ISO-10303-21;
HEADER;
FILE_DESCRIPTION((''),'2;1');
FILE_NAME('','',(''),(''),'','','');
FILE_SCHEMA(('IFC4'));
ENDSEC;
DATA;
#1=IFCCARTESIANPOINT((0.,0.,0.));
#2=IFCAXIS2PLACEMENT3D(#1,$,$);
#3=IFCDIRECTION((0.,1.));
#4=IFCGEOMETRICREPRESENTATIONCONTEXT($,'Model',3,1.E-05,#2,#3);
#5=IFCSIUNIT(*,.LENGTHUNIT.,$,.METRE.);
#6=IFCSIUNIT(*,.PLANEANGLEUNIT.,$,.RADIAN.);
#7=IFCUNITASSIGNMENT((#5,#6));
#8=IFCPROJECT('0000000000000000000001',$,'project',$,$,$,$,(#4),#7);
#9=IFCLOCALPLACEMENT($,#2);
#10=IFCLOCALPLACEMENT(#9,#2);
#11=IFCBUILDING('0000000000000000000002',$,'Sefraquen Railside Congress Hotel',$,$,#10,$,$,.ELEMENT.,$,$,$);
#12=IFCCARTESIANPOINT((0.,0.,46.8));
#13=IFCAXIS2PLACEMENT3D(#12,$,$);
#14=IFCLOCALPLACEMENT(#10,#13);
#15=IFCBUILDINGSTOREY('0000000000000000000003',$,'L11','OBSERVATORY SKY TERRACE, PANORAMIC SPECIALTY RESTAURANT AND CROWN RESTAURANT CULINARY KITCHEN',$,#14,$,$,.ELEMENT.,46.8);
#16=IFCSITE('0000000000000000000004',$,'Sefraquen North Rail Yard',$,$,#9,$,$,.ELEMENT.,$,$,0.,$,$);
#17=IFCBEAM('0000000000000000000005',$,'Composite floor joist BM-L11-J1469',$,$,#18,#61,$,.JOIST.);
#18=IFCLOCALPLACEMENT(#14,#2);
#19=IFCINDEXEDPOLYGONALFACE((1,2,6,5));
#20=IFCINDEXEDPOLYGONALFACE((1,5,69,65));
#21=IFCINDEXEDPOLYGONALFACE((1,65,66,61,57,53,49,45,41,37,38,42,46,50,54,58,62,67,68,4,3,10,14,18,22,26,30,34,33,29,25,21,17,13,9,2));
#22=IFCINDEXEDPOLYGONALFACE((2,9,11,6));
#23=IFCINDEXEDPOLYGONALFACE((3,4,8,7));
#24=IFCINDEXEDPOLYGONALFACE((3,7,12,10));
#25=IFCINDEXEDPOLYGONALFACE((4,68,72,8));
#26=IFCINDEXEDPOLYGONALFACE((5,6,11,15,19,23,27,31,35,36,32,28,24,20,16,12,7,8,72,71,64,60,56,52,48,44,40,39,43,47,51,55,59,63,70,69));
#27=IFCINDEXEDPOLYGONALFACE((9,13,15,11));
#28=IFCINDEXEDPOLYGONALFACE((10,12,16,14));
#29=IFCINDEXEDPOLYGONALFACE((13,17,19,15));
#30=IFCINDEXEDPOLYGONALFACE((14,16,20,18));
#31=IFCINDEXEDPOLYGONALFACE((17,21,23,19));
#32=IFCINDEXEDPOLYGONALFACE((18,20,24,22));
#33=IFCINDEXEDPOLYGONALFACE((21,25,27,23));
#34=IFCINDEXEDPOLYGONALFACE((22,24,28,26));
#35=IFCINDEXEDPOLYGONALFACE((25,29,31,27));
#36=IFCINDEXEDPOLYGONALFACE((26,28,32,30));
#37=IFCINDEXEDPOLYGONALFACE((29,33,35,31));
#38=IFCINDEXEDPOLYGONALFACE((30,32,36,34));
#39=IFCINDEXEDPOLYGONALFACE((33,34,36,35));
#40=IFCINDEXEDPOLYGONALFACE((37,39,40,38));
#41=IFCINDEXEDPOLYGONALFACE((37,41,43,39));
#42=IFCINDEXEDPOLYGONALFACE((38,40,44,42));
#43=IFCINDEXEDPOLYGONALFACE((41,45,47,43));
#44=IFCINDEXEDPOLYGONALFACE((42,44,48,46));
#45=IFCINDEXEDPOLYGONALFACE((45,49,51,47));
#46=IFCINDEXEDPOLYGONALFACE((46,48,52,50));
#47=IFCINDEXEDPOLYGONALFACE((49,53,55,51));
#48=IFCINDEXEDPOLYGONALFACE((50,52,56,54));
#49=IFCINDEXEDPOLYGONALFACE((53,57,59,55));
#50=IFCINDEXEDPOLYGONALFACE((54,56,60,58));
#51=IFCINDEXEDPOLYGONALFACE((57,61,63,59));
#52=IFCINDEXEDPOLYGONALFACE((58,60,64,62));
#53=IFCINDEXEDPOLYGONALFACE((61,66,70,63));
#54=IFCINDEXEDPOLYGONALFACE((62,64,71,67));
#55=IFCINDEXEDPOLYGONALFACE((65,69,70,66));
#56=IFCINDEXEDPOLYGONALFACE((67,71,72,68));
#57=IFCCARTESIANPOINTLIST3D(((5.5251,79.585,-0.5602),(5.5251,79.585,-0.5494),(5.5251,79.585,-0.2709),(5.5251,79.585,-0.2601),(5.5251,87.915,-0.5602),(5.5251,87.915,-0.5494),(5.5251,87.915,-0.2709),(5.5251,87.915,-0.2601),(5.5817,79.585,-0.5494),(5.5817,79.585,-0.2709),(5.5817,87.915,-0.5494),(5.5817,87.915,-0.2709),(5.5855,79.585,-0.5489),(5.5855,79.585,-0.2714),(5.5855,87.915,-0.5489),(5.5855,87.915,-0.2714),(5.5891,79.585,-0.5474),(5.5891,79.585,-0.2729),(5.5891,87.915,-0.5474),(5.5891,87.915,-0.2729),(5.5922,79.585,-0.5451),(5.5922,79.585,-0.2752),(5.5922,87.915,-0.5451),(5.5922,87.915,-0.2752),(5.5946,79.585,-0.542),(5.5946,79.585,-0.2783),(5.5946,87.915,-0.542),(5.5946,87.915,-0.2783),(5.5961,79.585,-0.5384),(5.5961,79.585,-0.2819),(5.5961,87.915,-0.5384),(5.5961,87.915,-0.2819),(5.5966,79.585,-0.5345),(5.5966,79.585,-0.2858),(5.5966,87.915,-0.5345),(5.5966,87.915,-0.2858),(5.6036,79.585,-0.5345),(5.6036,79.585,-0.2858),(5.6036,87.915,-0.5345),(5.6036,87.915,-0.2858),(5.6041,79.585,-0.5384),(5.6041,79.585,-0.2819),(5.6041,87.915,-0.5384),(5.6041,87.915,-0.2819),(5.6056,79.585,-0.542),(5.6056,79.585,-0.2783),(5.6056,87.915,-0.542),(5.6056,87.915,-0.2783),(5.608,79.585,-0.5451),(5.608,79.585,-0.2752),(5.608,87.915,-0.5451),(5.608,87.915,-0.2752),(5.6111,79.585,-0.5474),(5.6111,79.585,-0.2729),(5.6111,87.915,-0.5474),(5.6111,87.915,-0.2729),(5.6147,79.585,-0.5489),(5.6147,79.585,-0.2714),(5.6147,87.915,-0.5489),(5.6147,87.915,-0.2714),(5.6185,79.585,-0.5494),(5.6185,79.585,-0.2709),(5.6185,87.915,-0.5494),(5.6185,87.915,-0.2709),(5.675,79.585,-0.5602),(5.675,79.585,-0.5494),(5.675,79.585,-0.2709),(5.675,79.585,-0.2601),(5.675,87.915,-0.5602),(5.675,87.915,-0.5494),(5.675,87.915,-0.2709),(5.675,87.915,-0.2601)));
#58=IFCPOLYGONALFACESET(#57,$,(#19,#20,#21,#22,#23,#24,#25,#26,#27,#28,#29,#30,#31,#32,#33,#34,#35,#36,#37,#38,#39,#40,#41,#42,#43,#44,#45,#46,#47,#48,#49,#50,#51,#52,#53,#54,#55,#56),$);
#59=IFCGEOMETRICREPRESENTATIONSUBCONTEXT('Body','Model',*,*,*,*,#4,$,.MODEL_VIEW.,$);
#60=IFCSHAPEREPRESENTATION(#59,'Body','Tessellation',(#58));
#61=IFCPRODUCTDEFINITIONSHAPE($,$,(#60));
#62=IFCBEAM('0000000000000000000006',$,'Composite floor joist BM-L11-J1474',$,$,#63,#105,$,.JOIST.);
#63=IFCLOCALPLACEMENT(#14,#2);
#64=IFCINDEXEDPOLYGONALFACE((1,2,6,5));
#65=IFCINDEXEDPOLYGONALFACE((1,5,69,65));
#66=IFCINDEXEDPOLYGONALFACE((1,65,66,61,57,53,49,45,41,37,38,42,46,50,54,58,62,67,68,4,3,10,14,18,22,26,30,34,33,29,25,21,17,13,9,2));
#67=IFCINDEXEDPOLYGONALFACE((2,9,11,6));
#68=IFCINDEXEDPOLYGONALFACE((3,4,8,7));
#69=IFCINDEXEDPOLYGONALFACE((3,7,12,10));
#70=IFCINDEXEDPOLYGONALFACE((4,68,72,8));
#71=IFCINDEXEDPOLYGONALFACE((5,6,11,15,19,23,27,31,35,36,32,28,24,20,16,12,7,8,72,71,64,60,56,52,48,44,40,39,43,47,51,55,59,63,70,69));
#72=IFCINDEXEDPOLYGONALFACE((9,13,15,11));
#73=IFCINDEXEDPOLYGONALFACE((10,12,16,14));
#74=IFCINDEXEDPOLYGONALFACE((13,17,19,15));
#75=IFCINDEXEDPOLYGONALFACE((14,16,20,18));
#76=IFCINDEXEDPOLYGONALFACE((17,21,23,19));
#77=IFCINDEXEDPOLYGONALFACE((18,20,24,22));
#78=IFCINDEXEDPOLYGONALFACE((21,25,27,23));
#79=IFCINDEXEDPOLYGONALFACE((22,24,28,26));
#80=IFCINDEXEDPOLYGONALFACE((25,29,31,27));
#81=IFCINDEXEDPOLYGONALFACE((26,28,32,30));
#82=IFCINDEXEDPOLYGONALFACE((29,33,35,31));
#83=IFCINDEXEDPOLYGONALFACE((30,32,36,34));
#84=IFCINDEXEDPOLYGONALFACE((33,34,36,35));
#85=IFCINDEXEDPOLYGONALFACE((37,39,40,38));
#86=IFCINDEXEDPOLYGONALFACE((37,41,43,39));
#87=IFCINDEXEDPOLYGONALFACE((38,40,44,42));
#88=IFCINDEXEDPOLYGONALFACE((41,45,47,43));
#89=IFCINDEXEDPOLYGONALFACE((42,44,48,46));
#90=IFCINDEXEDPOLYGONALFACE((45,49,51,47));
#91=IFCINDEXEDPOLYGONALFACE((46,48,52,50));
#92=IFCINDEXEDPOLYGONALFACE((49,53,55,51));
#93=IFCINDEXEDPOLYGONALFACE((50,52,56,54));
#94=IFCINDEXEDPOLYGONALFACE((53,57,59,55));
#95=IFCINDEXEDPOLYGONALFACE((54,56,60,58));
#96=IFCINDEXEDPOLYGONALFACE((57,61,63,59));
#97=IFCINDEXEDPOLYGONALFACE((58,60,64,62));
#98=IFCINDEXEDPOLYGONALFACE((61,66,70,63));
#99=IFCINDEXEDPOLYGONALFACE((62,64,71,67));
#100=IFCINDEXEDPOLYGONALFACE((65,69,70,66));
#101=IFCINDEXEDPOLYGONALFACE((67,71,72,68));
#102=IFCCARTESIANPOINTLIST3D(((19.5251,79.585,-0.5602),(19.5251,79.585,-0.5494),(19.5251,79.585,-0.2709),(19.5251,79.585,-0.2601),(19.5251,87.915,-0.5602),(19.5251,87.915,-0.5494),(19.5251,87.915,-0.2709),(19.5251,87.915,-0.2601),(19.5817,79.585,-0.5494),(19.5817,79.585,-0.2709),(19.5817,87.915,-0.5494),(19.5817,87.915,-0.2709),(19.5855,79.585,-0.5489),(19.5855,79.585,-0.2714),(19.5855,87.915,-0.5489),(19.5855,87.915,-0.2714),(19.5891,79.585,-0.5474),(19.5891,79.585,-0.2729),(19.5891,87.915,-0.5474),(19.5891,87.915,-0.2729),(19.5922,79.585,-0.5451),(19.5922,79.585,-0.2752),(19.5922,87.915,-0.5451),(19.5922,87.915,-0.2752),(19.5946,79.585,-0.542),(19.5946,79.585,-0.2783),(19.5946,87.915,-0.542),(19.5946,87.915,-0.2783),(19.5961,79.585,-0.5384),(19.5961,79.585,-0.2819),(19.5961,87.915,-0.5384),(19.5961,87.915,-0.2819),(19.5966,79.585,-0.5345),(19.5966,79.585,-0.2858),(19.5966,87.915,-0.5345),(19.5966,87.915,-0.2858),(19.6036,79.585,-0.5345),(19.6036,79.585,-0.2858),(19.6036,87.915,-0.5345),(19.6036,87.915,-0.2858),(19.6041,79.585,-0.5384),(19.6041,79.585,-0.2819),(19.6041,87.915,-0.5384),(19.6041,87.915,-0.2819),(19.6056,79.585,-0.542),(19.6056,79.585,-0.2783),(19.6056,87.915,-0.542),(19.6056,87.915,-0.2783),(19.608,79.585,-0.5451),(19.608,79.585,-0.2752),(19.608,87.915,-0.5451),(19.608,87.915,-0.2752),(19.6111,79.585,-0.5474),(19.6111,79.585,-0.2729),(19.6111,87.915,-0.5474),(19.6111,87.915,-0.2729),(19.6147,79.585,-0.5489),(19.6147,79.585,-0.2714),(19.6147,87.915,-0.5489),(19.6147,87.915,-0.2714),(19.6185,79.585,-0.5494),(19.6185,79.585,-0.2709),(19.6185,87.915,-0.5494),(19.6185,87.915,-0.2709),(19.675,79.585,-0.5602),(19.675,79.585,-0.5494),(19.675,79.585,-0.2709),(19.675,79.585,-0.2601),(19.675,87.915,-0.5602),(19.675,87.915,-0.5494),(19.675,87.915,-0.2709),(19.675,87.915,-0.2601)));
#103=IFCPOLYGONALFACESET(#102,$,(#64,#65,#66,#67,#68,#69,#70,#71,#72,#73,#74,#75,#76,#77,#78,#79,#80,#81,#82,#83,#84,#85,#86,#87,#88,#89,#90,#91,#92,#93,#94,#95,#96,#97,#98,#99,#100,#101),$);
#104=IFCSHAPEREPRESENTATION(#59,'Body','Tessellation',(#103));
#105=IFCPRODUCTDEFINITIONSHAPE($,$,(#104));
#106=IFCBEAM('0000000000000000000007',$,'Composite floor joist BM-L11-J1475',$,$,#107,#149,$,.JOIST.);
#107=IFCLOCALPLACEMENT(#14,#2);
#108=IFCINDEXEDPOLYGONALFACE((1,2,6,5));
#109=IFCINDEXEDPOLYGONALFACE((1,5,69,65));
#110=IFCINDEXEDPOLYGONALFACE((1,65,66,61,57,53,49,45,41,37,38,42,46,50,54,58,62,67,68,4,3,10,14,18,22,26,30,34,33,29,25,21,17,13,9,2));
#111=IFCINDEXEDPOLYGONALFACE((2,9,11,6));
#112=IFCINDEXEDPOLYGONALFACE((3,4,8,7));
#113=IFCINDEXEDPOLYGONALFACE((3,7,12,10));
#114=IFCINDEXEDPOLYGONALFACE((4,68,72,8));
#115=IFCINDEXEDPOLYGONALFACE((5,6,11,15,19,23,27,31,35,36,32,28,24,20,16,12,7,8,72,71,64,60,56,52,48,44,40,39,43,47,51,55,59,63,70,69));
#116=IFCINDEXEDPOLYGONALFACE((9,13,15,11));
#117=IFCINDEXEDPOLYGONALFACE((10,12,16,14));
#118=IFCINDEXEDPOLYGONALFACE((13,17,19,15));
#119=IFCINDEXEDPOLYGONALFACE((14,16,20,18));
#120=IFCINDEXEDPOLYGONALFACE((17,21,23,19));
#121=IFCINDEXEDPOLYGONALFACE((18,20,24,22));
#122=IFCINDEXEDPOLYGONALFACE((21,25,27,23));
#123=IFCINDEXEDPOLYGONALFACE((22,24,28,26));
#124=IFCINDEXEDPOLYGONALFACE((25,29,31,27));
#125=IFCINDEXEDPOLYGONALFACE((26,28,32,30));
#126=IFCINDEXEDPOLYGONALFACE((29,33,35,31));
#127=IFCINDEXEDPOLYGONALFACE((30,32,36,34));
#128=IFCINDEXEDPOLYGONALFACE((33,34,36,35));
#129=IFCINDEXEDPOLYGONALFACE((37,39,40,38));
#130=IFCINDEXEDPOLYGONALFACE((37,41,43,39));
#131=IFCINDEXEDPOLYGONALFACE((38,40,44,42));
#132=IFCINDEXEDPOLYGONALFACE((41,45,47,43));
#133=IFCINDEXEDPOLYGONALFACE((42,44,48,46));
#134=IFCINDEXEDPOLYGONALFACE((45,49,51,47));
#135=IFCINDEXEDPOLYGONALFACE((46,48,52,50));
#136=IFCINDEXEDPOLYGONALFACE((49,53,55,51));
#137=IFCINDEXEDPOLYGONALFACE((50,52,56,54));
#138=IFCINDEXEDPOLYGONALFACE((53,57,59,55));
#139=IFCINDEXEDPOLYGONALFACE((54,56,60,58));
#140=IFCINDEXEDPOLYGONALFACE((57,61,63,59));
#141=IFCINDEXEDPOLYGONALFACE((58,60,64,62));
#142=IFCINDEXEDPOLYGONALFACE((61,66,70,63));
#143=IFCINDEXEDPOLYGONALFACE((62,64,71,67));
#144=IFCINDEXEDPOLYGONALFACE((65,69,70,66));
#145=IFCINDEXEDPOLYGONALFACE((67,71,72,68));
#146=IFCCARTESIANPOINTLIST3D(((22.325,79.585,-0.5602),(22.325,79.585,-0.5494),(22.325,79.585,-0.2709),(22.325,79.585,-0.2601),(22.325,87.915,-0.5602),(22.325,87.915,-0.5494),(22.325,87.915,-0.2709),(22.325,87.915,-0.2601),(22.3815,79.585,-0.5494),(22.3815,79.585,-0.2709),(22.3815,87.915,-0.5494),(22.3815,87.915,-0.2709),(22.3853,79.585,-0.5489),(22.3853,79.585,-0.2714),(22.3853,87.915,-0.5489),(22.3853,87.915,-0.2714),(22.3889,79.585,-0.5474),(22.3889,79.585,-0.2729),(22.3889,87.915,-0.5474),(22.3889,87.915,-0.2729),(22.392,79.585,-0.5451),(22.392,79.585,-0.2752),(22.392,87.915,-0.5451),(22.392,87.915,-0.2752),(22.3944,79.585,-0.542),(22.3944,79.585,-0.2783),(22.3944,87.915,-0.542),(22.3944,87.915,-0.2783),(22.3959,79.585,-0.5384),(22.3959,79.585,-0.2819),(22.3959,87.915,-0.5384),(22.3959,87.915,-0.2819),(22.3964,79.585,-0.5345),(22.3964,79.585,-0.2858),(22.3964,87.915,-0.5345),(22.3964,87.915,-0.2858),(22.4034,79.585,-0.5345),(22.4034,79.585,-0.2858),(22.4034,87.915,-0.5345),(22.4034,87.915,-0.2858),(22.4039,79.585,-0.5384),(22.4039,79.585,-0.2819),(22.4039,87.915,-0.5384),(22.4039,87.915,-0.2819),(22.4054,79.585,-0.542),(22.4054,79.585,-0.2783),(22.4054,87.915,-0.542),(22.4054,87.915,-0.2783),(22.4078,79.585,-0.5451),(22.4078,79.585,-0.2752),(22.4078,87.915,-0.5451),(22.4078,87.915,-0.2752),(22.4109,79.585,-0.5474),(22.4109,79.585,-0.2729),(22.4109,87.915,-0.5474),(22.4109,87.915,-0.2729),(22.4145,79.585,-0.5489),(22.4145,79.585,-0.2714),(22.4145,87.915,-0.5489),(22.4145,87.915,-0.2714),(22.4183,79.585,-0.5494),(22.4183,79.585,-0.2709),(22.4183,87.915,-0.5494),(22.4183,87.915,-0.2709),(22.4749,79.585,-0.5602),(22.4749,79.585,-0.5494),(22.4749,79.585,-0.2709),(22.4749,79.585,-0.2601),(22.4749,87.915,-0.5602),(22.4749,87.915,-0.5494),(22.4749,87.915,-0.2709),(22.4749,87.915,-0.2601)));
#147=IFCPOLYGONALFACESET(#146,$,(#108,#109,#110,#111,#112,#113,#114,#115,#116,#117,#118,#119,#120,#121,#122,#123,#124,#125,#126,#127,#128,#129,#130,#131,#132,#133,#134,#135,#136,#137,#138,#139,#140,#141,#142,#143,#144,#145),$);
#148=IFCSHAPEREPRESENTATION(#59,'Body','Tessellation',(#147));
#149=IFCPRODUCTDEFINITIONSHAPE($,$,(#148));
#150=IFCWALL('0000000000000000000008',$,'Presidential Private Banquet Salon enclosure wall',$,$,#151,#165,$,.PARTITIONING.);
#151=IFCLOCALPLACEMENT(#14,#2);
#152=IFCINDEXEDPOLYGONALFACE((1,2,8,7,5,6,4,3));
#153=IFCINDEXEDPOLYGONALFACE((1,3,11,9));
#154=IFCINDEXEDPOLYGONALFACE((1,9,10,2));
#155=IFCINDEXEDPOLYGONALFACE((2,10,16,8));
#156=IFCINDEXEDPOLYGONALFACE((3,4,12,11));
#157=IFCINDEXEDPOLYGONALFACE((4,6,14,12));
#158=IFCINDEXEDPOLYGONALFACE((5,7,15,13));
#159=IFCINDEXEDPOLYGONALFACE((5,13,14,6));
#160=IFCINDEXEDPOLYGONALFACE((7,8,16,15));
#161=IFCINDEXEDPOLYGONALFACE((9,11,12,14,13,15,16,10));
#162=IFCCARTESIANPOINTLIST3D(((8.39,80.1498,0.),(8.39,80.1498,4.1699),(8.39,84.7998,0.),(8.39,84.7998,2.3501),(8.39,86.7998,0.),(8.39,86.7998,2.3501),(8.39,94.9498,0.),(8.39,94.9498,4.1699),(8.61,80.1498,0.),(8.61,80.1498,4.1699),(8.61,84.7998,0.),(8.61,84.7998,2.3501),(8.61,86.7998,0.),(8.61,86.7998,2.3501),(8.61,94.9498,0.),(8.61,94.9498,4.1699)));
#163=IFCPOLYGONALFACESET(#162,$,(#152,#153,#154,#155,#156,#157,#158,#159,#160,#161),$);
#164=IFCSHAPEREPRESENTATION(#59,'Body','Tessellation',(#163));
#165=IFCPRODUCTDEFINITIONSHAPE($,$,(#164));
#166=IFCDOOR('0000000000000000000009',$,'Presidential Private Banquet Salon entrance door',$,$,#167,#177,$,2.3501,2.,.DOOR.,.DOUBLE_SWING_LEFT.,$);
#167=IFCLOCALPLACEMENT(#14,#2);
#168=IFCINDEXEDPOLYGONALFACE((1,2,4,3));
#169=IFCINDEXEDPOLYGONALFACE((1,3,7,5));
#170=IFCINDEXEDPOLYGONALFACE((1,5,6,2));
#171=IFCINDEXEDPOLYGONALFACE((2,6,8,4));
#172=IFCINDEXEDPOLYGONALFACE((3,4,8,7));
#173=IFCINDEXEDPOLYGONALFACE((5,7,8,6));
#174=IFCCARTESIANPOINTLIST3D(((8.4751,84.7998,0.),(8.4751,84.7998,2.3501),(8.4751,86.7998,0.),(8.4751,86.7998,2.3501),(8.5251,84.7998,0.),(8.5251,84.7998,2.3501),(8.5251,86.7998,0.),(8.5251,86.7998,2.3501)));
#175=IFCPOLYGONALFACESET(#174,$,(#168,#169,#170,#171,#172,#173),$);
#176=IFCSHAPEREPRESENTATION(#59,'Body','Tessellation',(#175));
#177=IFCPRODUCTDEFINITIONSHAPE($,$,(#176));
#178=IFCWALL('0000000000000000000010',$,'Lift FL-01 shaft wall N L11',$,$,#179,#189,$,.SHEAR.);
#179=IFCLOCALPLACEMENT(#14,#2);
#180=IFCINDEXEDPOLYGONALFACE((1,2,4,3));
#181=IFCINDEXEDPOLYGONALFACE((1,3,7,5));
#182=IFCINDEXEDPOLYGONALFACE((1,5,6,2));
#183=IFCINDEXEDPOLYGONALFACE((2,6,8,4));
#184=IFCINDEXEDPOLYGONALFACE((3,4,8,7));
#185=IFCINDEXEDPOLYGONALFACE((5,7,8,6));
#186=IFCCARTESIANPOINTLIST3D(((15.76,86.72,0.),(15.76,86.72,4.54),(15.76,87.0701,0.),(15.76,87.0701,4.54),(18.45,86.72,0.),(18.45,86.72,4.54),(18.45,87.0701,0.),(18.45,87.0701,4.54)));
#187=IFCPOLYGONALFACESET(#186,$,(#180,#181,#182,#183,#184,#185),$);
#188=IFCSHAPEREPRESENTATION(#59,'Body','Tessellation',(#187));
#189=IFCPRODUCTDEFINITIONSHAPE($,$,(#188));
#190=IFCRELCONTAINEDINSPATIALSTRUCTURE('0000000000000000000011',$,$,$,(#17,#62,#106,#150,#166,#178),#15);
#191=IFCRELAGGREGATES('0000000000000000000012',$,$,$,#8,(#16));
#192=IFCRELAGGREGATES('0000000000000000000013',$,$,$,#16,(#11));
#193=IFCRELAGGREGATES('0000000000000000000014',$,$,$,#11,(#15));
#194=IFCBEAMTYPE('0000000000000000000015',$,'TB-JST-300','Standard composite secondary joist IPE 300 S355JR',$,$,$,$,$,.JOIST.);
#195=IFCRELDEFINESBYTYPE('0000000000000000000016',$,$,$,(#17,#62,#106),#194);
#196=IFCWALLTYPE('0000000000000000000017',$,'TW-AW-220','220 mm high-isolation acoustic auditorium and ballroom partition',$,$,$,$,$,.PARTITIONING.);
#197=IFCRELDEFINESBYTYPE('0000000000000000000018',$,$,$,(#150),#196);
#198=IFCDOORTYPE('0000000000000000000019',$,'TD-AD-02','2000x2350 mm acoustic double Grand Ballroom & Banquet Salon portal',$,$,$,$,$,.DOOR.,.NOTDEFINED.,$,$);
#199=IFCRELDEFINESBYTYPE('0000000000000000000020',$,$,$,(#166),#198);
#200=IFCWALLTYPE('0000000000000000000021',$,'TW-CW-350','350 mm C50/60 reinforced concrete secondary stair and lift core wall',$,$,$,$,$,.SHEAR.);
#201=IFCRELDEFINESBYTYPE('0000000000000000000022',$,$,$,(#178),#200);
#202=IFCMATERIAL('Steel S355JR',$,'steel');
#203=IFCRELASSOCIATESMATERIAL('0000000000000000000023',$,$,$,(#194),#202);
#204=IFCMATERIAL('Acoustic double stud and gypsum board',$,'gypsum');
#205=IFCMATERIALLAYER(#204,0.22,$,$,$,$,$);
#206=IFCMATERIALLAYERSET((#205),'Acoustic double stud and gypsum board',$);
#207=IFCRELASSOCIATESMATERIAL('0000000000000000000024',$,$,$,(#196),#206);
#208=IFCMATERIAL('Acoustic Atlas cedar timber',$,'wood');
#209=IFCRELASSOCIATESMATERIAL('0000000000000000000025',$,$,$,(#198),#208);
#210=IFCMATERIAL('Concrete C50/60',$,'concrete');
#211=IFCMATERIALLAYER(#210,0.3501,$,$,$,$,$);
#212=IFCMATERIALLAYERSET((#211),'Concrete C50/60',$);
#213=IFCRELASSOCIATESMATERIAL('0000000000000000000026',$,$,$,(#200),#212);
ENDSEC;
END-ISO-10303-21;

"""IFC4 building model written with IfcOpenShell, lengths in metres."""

from ifc_helpers import new_model, si_unit, direction, frame, frame_2d, origin, origin_2d, place, context, subcontext, project, spatial, rectangle, i_section, extrude, material, layer, layer_set, material_profile, profile_set, type_object, element, fill, save


model = new_model("IFC4")

# Units and contexts
model_context = context("Model", 3, precision=1e-05, world=origin(), true_north=direction((0.0, 1.0)))
body_context = subcontext(model_context, "Body", "Model", "MODEL_VIEW")
ifc_project = project(units=[si_unit("LENGTHUNIT", "METRE"), si_unit("PLANEANGLEUNIT", "RADIAN")], contexts=[model_context])

# Site, building, storey
site_placement = place(None, origin())
site = spatial("IfcSite", under=ifc_project, at=site_placement, Name="Sefraquen North Rail Yard", CompositionType="ELEMENT", RefElevation=0.0)
building_placement = place(site_placement, origin())
building = spatial("IfcBuilding", under=site, at=building_placement, Name="Sefraquen Railside Congress Hotel", CompositionType="ELEMENT")
storey_placement = place(building_placement, frame((0.0, 0.0, 46.8)))
storey = spatial("IfcBuildingStorey", under=building, at=storey_placement, Name="L11", Description="OBSERVATORY SKY TERRACE, PANORAMIC SPECIALTY RESTAURANT AND CROWN RESTAURANT CULINARY KITCHEN", CompositionType="ELEMENT", Elevation=46.8)

# Shared definitions
ifc_material_1 = material(Name="Steel S355JR", Category="steel")

# Beams
ifc_material_profile_1 = material_profile(ifc_material_1, i_section(OverallWidth=0.1499, OverallDepth=0.3, WebThickness=0.0071, FlangeThickness=0.0107, FilletRadius=0.0149, at=origin_2d()), Name="IPE 300")
ifc_profile_set_1 = profile_set([ifc_material_profile_1], Name="Steel S355JR")
beam_type = type_object("IfcBeamType", Name="TB-JST-300", Description="Standard composite secondary joist IPE 300 S355JR", PredefinedType="JOIST", material=ifc_profile_set_1)
for number, where, z_axis, x_axis, name in (
    (1, (5.6001, 79.585, -0.4102), (0.0, 1.0, 0.0), (-1.0, 0.0, 0.0), "Composite floor joist BM-L11-J1469"),
    (2, (19.6001, 79.585, -0.4102), (0.0, 1.0, 0.0), (-1.0, 0.0, 0.0), "Composite floor joist BM-L11-J1474"),
    (3, (22.3999, 79.585, -0.4102), (0.0, 1.0, 0.0), (-1.0, 0.0, 0.0), "Composite floor joist BM-L11-J1475"),
):
    element("IfcBeam", number, at=place(storey_placement, frame(where, z_axis=z_axis, x_axis=x_axis)), inside=storey, type_object=beam_type, Name=name, PredefinedType="JOIST", context=body_context, shape_type="SweptSolid", body=[
        extrude(i_section(OverallWidth=0.1499, OverallDepth=0.3, WebThickness=0.0071, FlangeThickness=0.0107, FilletRadius=0.0149, at=origin_2d()), origin(), (0.0, 0.0, 1.0), 8.3301),
    ])

# Wall, opening, door
ifc_material_2 = material(Name="Acoustic double stud and gypsum board", Category="gypsum")
ifc_layer_1 = layer(ifc_material_2, 0.22)
ifc_layer_set_1 = layer_set([ifc_layer_1], Name="Acoustic double stud and gypsum board")
wall_type_1 = type_object("IfcWallType", Name="TW-AW-220", Description="220 mm high-isolation acoustic auditorium and ballroom partition", PredefinedType="PARTITIONING", material=ifc_layer_set_1)
wall_1_placement = place(storey_placement, frame((8.5, 80.1499, 0.0), z_axis=(0.0, 0.0, 1.0), x_axis=(0.0, 1.0, 0.0)))
wall_1 = element("IfcWall", 4, at=wall_1_placement, inside=storey, type_object=wall_type_1, Name="Presidential Private Banquet Salon enclosure wall", PredefinedType="PARTITIONING", context=body_context, shape_type="SweptSolid", body=[
    extrude(rectangle(XDim=14.8, YDim=0.22, at=frame_2d((7.3999, 0.0))), origin(), (0.0, 0.0, 1.0), 4.1699),
])
opening_1_placement = place(wall_1_placement, frame((4.6499, 0.0, 0.0)))
opening_1 = element("IfcOpeningElement", 5, at=opening_1_placement, cuts=wall_1, PredefinedType="OPENING", context=body_context, shape_type="SweptSolid", body=[
    extrude(rectangle(XDim=2.0, YDim=2.3501, at=frame_2d((1.0, 1.175))), frame((0.0, 0.1199, 0.0), z_axis=(0.0, -1.0, 0.0), x_axis=(1.0, 0.0, 0.0)), (0.0, 0.0, 1.0), 0.24),
])
ifc_material_3 = material(Name="Acoustic Atlas cedar timber", Category="wood")
door_type_1 = type_object("IfcDoorType", Name="TD-AD-02", Description="2000x2350 mm acoustic double Grand Ballroom & Banquet Salon portal", OperationType="NOTDEFINED", PredefinedType="DOOR", material=ifc_material_3)
door_1_placement = place(opening_1_placement, origin())
door_1 = element("IfcDoor", 6, at=door_1_placement, inside=storey, type_object=door_type_1, Name="Presidential Private Banquet Salon entrance door", OperationType="DOUBLE_SWING_LEFT", OverallHeight=2.3501, OverallWidth=2.0, PredefinedType="DOOR", context=body_context, shape_type="SweptSolid", body=[
    extrude(rectangle(XDim=2.0, YDim=2.3501, at=frame_2d((1.0, 1.175))), frame((0.0, 0.0249, 0.0), z_axis=(0.0, -1.0, 0.0), x_axis=(1.0, 0.0, 0.0)), (0.0, 0.0, 1.0), 0.05),
])
fill(opening_1, door_1)

# Wall
ifc_material_4 = material(Name="Concrete C50/60", Category="concrete")
ifc_layer_2 = layer(ifc_material_4, 0.3501)
ifc_layer_set_2 = layer_set([ifc_layer_2], Name="Concrete C50/60")
wall_type_2 = type_object("IfcWallType", Name="TW-CW-350", Description="350 mm C50/60 reinforced concrete secondary stair and lift core wall", PredefinedType="SHEAR", material=ifc_layer_set_2)
wall_2_placement = place(storey_placement, frame((15.76, 86.895, 0.0), z_axis=(0.0, 0.0, 1.0), x_axis=(1.0, 0.0, 0.0)))
element("IfcWall", 7, at=wall_2_placement, inside=storey, type_object=wall_type_2, Name="Lift FL-01 shaft wall N L11", PredefinedType="SHEAR", context=body_context, shape_type="SweptSolid", body=[
    extrude(rectangle(XDim=2.6899, YDim=0.3501, at=frame_2d((1.345, 0.0))), origin(), (0.0, 0.0, 1.0), 4.54),
])

save(model, "model.ifc")
